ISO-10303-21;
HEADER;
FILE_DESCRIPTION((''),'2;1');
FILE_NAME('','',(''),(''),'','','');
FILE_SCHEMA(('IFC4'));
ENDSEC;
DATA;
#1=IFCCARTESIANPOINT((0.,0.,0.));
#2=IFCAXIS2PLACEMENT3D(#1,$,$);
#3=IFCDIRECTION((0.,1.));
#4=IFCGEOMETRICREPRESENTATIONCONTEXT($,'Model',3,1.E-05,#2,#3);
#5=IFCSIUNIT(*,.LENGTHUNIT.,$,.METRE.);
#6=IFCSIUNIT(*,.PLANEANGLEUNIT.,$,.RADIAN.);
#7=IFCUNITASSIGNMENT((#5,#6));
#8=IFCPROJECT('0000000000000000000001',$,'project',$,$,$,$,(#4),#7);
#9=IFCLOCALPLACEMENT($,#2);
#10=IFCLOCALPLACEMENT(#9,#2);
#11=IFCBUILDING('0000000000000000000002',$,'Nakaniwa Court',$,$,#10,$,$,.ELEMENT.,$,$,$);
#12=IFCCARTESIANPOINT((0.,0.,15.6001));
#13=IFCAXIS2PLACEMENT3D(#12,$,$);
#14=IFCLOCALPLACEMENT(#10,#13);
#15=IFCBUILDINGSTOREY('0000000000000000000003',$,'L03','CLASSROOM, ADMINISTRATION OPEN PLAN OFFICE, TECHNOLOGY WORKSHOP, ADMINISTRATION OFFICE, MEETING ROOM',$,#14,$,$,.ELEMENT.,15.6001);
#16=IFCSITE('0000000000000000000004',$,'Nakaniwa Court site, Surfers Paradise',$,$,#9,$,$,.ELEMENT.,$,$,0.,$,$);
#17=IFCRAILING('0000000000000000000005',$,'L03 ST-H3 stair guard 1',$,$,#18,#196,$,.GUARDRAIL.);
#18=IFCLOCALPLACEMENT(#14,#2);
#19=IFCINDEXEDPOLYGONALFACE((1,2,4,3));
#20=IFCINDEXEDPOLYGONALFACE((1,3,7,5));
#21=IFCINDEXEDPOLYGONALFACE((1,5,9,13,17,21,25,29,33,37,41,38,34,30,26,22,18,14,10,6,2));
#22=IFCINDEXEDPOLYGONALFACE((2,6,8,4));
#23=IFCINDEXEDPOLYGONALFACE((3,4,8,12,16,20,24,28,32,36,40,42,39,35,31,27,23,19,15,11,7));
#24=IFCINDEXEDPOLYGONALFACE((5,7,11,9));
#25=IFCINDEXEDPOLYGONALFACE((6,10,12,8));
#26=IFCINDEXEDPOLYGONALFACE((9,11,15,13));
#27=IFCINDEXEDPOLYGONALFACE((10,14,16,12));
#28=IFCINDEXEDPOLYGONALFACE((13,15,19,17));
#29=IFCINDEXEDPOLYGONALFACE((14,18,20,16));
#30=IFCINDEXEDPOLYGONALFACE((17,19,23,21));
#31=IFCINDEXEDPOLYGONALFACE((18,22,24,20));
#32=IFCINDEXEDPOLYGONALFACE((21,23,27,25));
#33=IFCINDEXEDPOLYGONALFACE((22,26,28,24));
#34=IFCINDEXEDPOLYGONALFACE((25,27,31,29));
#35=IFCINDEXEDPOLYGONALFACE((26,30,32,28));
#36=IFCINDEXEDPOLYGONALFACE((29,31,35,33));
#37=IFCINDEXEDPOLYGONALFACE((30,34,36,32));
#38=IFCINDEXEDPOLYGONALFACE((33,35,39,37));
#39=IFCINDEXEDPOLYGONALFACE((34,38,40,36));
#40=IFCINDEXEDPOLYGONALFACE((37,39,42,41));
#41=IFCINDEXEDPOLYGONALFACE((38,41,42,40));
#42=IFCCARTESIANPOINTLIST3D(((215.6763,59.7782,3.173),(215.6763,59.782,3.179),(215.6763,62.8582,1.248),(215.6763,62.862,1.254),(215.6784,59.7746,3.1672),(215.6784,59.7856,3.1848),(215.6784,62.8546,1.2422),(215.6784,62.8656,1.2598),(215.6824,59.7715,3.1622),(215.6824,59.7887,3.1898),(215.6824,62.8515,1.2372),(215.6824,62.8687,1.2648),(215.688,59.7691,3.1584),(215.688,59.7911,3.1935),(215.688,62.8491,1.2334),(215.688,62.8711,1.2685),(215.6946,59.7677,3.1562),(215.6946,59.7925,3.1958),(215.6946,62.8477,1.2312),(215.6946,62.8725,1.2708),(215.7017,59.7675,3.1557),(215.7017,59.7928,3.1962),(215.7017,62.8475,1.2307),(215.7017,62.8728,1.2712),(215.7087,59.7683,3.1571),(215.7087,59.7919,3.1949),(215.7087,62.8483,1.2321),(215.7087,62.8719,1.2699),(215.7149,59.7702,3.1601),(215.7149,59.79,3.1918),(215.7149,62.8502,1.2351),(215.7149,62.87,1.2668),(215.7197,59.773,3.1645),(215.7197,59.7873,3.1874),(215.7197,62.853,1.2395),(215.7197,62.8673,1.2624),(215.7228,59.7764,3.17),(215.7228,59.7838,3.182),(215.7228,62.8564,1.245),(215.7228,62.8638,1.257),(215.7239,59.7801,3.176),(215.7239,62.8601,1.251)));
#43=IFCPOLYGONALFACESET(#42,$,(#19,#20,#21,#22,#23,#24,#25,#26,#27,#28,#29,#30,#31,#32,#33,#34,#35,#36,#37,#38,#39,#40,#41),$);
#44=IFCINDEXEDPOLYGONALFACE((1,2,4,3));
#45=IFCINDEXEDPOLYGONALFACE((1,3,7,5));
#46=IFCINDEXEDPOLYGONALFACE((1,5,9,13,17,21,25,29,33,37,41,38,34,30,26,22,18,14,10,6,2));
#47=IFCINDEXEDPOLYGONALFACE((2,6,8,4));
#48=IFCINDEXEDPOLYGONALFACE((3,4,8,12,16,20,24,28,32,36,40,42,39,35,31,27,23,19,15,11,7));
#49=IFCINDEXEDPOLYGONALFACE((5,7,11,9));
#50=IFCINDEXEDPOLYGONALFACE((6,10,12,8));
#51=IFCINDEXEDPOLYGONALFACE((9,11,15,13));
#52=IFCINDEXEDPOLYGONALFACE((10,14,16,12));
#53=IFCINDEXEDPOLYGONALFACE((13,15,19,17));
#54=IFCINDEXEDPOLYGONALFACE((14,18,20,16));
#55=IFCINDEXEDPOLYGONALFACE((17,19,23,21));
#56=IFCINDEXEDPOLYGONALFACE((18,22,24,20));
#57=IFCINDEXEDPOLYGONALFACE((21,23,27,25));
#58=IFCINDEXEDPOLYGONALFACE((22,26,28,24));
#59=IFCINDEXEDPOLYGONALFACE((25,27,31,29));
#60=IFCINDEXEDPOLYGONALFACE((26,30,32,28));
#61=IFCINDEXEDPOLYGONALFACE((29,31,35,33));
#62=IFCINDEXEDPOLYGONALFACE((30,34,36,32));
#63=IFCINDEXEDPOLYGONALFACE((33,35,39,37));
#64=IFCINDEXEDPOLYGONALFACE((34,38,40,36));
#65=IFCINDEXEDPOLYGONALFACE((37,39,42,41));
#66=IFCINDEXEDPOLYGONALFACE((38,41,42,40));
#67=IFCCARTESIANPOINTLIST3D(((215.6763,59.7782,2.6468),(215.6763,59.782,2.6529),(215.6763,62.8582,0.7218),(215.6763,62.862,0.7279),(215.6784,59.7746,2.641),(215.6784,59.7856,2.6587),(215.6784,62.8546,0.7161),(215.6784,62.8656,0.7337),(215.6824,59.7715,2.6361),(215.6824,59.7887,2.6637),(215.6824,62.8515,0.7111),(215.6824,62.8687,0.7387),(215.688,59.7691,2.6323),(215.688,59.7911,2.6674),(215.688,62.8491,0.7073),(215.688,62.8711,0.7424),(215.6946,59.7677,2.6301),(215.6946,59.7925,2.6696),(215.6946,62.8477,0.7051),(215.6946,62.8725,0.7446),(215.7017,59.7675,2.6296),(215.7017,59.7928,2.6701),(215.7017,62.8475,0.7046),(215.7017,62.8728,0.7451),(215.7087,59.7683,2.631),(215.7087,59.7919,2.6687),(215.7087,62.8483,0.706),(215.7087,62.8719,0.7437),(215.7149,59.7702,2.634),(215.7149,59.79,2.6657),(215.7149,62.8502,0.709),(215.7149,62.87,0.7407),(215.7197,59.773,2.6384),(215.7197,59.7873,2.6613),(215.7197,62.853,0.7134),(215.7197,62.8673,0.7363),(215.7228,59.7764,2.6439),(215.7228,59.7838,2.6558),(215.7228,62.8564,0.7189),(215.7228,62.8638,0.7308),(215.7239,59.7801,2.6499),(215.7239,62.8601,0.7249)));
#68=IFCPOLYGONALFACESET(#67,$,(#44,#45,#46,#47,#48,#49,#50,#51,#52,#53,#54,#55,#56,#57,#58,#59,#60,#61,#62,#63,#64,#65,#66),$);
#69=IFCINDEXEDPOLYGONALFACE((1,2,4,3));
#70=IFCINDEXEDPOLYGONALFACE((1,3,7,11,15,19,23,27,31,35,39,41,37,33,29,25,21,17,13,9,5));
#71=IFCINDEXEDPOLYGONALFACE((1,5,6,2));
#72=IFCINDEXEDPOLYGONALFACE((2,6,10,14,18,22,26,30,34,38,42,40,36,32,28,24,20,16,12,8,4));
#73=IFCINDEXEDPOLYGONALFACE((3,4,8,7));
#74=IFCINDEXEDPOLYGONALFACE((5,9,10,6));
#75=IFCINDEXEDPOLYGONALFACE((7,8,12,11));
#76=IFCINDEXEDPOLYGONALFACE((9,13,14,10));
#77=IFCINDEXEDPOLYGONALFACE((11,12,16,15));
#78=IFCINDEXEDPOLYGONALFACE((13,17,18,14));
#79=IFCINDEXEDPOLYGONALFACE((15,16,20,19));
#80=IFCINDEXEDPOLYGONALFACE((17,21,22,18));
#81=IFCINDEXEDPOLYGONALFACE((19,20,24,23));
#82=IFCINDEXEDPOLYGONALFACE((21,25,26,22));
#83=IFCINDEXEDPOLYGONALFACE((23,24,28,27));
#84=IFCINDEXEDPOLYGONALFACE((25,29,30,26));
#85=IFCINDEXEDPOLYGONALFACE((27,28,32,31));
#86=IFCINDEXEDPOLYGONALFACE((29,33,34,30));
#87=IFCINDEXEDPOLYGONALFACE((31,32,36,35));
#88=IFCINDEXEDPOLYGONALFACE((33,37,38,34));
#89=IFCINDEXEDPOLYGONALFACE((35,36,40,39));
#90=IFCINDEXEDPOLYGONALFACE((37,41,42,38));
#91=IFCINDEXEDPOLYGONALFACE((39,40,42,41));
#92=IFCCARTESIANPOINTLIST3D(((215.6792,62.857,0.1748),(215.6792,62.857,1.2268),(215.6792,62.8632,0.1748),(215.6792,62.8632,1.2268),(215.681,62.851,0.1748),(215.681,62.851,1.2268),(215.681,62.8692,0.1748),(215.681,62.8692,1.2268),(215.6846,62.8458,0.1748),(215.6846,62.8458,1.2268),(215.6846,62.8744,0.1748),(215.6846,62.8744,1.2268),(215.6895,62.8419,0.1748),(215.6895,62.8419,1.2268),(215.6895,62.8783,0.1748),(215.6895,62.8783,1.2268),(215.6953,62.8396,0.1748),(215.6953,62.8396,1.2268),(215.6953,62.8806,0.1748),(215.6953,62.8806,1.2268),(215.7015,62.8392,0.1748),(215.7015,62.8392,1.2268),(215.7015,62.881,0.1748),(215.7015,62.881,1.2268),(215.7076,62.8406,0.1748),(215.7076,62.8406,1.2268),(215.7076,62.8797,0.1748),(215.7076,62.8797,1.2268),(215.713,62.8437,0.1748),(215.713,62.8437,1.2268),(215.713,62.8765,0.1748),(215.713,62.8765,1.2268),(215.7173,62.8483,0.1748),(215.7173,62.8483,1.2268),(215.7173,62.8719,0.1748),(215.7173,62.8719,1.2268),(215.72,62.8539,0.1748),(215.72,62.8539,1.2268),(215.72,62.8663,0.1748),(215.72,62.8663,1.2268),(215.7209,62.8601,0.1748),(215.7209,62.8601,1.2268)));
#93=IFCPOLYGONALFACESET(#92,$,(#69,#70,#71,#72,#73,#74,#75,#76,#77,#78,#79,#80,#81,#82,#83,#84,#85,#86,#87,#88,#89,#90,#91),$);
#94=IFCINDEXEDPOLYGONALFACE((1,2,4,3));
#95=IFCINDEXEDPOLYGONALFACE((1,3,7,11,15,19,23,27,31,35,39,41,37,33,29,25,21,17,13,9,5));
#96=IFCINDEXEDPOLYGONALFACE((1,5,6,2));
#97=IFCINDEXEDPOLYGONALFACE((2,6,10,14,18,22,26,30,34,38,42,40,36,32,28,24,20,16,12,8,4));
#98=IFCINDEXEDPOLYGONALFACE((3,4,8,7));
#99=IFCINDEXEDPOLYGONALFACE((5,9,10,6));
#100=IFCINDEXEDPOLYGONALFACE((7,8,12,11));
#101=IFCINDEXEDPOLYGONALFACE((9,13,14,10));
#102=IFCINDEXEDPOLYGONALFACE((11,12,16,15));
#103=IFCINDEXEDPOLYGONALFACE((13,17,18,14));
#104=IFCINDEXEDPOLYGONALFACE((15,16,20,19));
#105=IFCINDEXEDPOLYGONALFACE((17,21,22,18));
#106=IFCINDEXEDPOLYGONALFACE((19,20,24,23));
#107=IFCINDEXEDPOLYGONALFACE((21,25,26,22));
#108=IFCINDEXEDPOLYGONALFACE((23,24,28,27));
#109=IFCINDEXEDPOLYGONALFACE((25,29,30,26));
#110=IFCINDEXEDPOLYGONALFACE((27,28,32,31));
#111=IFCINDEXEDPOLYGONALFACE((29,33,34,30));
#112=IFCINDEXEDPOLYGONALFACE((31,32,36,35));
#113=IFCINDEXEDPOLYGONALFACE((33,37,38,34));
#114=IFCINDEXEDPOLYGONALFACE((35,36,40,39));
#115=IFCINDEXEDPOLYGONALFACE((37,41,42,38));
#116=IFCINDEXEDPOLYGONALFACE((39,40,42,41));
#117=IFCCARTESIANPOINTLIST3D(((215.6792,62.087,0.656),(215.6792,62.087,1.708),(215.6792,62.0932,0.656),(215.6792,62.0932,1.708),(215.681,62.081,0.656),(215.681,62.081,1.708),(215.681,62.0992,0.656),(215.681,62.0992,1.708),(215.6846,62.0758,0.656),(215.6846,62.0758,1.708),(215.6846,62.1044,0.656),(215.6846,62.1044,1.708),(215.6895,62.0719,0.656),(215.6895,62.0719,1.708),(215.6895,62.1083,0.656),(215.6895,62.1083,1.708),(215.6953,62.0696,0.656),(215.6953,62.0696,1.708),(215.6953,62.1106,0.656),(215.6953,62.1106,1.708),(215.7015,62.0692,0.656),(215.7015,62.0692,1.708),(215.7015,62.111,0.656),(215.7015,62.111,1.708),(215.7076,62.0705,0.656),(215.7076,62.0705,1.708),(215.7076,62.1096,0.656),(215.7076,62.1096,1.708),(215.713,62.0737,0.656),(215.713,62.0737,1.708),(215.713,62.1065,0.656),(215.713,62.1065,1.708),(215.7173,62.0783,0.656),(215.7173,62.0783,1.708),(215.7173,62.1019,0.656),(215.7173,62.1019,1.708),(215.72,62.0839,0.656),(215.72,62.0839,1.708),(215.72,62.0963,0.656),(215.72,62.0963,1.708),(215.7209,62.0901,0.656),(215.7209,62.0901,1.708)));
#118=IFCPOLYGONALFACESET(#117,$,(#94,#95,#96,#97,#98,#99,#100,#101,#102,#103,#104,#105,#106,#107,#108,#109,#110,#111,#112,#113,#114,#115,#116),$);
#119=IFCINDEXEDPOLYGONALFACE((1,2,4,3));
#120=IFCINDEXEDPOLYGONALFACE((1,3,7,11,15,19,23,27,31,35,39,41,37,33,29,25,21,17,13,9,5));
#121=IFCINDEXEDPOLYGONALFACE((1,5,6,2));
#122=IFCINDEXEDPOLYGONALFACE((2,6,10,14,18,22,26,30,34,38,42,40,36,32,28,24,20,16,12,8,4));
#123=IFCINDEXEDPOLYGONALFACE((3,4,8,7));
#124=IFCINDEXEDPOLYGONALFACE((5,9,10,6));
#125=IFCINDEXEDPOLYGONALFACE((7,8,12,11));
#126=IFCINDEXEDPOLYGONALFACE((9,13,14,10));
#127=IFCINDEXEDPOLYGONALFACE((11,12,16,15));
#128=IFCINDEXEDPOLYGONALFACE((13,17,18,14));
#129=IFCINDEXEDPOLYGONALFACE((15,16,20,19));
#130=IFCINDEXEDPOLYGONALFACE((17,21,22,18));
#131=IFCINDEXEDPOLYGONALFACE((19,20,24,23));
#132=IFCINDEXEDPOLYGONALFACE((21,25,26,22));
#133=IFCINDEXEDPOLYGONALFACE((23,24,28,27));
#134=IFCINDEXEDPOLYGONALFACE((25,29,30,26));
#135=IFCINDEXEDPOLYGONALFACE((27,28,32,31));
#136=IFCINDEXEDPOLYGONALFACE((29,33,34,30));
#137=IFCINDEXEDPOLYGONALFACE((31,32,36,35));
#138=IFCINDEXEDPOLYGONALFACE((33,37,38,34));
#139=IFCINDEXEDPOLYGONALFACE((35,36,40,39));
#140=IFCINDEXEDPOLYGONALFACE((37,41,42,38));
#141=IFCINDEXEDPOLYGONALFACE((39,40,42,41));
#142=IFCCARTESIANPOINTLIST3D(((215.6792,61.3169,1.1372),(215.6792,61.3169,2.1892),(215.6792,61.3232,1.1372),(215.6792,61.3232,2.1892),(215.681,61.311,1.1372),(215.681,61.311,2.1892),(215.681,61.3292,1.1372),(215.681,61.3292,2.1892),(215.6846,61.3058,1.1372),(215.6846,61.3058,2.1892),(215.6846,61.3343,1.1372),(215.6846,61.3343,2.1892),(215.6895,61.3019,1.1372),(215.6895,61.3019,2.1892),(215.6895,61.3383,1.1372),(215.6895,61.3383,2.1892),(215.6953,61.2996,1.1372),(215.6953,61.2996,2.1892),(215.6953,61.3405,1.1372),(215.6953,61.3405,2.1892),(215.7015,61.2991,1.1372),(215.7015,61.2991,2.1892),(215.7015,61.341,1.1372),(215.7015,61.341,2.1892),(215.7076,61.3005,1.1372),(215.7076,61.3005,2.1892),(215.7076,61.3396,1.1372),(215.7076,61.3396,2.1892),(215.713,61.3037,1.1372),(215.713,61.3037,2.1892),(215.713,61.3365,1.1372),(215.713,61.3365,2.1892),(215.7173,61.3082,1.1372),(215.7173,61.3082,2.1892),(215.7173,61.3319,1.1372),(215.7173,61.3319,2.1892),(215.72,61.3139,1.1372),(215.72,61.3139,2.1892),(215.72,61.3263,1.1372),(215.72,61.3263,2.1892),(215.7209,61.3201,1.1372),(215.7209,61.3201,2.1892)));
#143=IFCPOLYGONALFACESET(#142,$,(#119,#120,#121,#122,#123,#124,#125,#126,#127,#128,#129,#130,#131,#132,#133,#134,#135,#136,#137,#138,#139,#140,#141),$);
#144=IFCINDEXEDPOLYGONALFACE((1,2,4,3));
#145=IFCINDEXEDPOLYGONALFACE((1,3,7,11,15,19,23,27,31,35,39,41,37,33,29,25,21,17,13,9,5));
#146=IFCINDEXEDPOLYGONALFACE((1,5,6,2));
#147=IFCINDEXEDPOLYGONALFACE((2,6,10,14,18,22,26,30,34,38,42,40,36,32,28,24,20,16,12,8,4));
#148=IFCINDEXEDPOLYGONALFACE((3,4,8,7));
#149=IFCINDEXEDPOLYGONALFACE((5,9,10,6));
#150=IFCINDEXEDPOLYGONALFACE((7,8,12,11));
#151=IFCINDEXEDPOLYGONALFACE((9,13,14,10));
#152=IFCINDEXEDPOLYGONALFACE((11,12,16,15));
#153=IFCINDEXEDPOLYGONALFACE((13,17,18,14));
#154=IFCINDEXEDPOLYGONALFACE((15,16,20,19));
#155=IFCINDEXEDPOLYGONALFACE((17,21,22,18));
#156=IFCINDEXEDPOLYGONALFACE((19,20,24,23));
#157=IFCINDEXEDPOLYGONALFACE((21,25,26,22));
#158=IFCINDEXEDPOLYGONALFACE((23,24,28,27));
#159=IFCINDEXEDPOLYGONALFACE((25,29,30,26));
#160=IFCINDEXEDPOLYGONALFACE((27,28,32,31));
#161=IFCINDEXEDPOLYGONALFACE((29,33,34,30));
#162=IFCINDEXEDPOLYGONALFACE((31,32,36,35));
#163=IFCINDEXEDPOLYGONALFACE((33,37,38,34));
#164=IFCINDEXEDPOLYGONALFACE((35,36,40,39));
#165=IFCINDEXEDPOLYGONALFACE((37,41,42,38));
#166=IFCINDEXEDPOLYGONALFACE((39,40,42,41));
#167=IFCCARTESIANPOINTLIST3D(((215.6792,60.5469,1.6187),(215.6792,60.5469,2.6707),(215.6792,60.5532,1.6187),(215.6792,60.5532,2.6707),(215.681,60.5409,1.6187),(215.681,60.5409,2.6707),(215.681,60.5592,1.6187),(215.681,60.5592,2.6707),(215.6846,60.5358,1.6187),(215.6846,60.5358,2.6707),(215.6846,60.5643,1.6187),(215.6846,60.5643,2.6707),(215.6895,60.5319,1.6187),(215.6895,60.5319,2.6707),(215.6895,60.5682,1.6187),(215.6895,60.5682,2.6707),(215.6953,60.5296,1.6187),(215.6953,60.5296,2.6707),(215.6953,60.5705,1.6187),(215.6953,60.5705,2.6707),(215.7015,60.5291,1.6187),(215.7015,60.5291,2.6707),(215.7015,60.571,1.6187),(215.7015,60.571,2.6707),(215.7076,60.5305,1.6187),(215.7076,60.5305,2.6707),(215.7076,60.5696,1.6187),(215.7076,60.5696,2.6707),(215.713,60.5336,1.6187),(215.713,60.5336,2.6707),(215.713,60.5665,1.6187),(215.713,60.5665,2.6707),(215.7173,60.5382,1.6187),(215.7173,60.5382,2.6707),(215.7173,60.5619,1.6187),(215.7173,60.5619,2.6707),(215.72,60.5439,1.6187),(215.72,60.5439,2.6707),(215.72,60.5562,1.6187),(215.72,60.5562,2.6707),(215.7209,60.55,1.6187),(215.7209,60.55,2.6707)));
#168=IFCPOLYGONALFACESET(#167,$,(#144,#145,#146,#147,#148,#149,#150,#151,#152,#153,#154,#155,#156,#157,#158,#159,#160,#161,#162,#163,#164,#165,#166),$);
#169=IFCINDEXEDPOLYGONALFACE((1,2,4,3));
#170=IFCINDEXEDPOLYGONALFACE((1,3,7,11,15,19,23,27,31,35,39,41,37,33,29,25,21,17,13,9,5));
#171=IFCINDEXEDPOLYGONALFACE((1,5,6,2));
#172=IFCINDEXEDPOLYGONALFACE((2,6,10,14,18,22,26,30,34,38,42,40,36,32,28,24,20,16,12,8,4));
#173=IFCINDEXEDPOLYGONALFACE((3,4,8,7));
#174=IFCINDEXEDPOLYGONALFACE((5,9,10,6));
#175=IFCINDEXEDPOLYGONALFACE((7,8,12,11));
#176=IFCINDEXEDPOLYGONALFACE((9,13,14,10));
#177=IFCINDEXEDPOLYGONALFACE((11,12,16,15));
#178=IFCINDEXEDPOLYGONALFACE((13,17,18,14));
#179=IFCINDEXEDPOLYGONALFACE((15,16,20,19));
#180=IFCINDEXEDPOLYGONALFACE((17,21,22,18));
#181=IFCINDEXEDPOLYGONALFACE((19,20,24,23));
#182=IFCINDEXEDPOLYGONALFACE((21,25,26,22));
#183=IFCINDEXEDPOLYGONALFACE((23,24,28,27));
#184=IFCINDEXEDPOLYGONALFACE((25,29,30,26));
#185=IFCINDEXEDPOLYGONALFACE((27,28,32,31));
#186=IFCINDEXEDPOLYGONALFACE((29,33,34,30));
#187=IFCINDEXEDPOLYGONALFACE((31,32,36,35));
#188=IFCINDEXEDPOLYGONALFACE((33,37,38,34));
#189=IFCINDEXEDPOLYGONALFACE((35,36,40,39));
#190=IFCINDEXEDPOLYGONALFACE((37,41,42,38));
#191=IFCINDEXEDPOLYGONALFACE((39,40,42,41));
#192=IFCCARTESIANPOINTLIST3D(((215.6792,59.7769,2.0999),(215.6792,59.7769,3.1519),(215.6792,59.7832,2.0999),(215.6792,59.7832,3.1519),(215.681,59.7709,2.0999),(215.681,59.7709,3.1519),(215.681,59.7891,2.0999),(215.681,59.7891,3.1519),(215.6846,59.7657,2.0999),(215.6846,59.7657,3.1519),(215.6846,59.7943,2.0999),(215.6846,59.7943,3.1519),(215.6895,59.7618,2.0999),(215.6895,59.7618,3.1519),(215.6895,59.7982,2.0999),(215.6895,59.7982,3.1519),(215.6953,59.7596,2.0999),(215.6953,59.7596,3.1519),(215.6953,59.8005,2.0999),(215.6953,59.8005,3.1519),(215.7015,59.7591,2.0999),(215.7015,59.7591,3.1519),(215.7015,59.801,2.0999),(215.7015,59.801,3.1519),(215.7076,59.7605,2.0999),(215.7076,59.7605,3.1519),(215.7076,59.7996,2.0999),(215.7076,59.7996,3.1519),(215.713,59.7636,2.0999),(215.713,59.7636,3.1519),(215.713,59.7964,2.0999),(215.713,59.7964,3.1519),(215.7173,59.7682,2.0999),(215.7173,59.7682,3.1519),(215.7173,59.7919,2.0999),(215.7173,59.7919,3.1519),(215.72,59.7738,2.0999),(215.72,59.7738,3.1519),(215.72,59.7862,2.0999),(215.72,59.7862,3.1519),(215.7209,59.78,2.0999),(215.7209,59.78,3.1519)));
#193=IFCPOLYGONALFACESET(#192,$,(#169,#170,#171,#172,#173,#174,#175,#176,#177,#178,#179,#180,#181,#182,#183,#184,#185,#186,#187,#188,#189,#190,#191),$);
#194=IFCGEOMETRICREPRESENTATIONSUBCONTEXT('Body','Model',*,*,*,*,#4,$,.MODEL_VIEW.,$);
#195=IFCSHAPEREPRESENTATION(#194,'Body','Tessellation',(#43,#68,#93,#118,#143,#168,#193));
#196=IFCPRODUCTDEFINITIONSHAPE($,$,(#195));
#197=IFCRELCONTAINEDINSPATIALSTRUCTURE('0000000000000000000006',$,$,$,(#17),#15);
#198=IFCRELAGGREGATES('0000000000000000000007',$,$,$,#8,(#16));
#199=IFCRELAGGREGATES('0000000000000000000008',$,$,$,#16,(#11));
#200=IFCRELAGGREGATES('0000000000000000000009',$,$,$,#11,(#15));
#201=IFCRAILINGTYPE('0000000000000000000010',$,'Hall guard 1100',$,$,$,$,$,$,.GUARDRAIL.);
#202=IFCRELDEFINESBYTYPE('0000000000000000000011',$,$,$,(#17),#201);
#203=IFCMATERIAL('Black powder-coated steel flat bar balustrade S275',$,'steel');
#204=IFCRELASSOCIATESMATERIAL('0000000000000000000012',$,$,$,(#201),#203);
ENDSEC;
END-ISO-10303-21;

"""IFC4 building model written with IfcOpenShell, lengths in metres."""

from ifc_helpers import new_model, si_unit, direction, frame, origin, origin_2d, place, context, subcontext, project, spatial, circle, extrude, material, type_object, element, save


model = new_model("IFC4")

# Units and contexts
model_context = context("Model", 3, precision=1e-05, world=origin(), true_north=direction((0.0, 1.0)))
body_context = subcontext(model_context, "Body", "Model", "MODEL_VIEW")
ifc_project = project(units=[si_unit("LENGTHUNIT", "METRE"), si_unit("PLANEANGLEUNIT", "RADIAN")], contexts=[model_context])

# Site, building, storey
site_placement = place(None, origin())
site = spatial("IfcSite", under=ifc_project, at=site_placement, Name="Nakaniwa Court site, Surfers Paradise", CompositionType="ELEMENT", RefElevation=0.0)
building_placement = place(site_placement, origin())
building = spatial("IfcBuilding", under=site, at=building_placement, Name="Nakaniwa Court", CompositionType="ELEMENT")
storey_placement = place(building_placement, frame((0.0, 0.0, 15.6001)))
storey = spatial("IfcBuildingStorey", under=building, at=storey_placement, Name="L03", Description="CLASSROOM, ADMINISTRATION OPEN PLAN OFFICE, TECHNOLOGY WORKSHOP, ADMINISTRATION OFFICE, MEETING ROOM", CompositionType="ELEMENT", Elevation=15.6001)

# Railing
ifc_material_1 = material(Name="Black powder-coated steel flat bar balustrade S275", Category="steel")
railing_type_1 = type_object("IfcRailingType", Name="Hall guard 1100", PredefinedType="GUARDRAIL", material=ifc_material_1)
railing_1_placement = place(storey_placement, frame((215.7, 62.8601, 0.1748)))
element("IfcRailing", 1, at=railing_1_placement, inside=storey, type_object=railing_type_1, Name="L03 ST-H3 stair guard 1", PredefinedType="GUARDRAIL", context=body_context, shape_type="SweptSolid", body=[
    extrude(circle(Radius=0.0239, at=origin_2d()), frame((0.0, 0.0, 1.0762), z_axis=(0.0, -0.847998, 0.529999), x_axis=(1.0, 0.0, 0.0)), (0.0, 0.0, 1.0), 3.6321),
    extrude(circle(Radius=0.0239, at=origin_2d()), frame((0.0, 0.0, 0.55), z_axis=(0.0, -0.847998, 0.529999), x_axis=(1.0, 0.0, 0.0)), (0.0, 0.0, 1.0), 3.6321),
    extrude(circle(Radius=0.021, at=origin_2d()), origin(), (0.0, 0.0, 1.0), 1.052),
    extrude(circle(Radius=0.021, at=origin_2d()), frame((0.0, -0.77, 0.4812)), (0.0, 0.0, 1.0), 1.052),
    extrude(circle(Radius=0.021, at=origin_2d()), frame((0.0, -1.54, 0.9624)), (0.0, 0.0, 1.0), 1.052),
    extrude(circle(Radius=0.021, at=origin_2d()), frame((0.0, -2.3101, 1.4438)), (0.0, 0.0, 1.0), 1.052),
    extrude(circle(Radius=0.021, at=origin_2d()), frame((0.0, -3.0801, 1.925)), (0.0, 0.0, 1.0), 1.052),
])

save(model, "model.ifc")
